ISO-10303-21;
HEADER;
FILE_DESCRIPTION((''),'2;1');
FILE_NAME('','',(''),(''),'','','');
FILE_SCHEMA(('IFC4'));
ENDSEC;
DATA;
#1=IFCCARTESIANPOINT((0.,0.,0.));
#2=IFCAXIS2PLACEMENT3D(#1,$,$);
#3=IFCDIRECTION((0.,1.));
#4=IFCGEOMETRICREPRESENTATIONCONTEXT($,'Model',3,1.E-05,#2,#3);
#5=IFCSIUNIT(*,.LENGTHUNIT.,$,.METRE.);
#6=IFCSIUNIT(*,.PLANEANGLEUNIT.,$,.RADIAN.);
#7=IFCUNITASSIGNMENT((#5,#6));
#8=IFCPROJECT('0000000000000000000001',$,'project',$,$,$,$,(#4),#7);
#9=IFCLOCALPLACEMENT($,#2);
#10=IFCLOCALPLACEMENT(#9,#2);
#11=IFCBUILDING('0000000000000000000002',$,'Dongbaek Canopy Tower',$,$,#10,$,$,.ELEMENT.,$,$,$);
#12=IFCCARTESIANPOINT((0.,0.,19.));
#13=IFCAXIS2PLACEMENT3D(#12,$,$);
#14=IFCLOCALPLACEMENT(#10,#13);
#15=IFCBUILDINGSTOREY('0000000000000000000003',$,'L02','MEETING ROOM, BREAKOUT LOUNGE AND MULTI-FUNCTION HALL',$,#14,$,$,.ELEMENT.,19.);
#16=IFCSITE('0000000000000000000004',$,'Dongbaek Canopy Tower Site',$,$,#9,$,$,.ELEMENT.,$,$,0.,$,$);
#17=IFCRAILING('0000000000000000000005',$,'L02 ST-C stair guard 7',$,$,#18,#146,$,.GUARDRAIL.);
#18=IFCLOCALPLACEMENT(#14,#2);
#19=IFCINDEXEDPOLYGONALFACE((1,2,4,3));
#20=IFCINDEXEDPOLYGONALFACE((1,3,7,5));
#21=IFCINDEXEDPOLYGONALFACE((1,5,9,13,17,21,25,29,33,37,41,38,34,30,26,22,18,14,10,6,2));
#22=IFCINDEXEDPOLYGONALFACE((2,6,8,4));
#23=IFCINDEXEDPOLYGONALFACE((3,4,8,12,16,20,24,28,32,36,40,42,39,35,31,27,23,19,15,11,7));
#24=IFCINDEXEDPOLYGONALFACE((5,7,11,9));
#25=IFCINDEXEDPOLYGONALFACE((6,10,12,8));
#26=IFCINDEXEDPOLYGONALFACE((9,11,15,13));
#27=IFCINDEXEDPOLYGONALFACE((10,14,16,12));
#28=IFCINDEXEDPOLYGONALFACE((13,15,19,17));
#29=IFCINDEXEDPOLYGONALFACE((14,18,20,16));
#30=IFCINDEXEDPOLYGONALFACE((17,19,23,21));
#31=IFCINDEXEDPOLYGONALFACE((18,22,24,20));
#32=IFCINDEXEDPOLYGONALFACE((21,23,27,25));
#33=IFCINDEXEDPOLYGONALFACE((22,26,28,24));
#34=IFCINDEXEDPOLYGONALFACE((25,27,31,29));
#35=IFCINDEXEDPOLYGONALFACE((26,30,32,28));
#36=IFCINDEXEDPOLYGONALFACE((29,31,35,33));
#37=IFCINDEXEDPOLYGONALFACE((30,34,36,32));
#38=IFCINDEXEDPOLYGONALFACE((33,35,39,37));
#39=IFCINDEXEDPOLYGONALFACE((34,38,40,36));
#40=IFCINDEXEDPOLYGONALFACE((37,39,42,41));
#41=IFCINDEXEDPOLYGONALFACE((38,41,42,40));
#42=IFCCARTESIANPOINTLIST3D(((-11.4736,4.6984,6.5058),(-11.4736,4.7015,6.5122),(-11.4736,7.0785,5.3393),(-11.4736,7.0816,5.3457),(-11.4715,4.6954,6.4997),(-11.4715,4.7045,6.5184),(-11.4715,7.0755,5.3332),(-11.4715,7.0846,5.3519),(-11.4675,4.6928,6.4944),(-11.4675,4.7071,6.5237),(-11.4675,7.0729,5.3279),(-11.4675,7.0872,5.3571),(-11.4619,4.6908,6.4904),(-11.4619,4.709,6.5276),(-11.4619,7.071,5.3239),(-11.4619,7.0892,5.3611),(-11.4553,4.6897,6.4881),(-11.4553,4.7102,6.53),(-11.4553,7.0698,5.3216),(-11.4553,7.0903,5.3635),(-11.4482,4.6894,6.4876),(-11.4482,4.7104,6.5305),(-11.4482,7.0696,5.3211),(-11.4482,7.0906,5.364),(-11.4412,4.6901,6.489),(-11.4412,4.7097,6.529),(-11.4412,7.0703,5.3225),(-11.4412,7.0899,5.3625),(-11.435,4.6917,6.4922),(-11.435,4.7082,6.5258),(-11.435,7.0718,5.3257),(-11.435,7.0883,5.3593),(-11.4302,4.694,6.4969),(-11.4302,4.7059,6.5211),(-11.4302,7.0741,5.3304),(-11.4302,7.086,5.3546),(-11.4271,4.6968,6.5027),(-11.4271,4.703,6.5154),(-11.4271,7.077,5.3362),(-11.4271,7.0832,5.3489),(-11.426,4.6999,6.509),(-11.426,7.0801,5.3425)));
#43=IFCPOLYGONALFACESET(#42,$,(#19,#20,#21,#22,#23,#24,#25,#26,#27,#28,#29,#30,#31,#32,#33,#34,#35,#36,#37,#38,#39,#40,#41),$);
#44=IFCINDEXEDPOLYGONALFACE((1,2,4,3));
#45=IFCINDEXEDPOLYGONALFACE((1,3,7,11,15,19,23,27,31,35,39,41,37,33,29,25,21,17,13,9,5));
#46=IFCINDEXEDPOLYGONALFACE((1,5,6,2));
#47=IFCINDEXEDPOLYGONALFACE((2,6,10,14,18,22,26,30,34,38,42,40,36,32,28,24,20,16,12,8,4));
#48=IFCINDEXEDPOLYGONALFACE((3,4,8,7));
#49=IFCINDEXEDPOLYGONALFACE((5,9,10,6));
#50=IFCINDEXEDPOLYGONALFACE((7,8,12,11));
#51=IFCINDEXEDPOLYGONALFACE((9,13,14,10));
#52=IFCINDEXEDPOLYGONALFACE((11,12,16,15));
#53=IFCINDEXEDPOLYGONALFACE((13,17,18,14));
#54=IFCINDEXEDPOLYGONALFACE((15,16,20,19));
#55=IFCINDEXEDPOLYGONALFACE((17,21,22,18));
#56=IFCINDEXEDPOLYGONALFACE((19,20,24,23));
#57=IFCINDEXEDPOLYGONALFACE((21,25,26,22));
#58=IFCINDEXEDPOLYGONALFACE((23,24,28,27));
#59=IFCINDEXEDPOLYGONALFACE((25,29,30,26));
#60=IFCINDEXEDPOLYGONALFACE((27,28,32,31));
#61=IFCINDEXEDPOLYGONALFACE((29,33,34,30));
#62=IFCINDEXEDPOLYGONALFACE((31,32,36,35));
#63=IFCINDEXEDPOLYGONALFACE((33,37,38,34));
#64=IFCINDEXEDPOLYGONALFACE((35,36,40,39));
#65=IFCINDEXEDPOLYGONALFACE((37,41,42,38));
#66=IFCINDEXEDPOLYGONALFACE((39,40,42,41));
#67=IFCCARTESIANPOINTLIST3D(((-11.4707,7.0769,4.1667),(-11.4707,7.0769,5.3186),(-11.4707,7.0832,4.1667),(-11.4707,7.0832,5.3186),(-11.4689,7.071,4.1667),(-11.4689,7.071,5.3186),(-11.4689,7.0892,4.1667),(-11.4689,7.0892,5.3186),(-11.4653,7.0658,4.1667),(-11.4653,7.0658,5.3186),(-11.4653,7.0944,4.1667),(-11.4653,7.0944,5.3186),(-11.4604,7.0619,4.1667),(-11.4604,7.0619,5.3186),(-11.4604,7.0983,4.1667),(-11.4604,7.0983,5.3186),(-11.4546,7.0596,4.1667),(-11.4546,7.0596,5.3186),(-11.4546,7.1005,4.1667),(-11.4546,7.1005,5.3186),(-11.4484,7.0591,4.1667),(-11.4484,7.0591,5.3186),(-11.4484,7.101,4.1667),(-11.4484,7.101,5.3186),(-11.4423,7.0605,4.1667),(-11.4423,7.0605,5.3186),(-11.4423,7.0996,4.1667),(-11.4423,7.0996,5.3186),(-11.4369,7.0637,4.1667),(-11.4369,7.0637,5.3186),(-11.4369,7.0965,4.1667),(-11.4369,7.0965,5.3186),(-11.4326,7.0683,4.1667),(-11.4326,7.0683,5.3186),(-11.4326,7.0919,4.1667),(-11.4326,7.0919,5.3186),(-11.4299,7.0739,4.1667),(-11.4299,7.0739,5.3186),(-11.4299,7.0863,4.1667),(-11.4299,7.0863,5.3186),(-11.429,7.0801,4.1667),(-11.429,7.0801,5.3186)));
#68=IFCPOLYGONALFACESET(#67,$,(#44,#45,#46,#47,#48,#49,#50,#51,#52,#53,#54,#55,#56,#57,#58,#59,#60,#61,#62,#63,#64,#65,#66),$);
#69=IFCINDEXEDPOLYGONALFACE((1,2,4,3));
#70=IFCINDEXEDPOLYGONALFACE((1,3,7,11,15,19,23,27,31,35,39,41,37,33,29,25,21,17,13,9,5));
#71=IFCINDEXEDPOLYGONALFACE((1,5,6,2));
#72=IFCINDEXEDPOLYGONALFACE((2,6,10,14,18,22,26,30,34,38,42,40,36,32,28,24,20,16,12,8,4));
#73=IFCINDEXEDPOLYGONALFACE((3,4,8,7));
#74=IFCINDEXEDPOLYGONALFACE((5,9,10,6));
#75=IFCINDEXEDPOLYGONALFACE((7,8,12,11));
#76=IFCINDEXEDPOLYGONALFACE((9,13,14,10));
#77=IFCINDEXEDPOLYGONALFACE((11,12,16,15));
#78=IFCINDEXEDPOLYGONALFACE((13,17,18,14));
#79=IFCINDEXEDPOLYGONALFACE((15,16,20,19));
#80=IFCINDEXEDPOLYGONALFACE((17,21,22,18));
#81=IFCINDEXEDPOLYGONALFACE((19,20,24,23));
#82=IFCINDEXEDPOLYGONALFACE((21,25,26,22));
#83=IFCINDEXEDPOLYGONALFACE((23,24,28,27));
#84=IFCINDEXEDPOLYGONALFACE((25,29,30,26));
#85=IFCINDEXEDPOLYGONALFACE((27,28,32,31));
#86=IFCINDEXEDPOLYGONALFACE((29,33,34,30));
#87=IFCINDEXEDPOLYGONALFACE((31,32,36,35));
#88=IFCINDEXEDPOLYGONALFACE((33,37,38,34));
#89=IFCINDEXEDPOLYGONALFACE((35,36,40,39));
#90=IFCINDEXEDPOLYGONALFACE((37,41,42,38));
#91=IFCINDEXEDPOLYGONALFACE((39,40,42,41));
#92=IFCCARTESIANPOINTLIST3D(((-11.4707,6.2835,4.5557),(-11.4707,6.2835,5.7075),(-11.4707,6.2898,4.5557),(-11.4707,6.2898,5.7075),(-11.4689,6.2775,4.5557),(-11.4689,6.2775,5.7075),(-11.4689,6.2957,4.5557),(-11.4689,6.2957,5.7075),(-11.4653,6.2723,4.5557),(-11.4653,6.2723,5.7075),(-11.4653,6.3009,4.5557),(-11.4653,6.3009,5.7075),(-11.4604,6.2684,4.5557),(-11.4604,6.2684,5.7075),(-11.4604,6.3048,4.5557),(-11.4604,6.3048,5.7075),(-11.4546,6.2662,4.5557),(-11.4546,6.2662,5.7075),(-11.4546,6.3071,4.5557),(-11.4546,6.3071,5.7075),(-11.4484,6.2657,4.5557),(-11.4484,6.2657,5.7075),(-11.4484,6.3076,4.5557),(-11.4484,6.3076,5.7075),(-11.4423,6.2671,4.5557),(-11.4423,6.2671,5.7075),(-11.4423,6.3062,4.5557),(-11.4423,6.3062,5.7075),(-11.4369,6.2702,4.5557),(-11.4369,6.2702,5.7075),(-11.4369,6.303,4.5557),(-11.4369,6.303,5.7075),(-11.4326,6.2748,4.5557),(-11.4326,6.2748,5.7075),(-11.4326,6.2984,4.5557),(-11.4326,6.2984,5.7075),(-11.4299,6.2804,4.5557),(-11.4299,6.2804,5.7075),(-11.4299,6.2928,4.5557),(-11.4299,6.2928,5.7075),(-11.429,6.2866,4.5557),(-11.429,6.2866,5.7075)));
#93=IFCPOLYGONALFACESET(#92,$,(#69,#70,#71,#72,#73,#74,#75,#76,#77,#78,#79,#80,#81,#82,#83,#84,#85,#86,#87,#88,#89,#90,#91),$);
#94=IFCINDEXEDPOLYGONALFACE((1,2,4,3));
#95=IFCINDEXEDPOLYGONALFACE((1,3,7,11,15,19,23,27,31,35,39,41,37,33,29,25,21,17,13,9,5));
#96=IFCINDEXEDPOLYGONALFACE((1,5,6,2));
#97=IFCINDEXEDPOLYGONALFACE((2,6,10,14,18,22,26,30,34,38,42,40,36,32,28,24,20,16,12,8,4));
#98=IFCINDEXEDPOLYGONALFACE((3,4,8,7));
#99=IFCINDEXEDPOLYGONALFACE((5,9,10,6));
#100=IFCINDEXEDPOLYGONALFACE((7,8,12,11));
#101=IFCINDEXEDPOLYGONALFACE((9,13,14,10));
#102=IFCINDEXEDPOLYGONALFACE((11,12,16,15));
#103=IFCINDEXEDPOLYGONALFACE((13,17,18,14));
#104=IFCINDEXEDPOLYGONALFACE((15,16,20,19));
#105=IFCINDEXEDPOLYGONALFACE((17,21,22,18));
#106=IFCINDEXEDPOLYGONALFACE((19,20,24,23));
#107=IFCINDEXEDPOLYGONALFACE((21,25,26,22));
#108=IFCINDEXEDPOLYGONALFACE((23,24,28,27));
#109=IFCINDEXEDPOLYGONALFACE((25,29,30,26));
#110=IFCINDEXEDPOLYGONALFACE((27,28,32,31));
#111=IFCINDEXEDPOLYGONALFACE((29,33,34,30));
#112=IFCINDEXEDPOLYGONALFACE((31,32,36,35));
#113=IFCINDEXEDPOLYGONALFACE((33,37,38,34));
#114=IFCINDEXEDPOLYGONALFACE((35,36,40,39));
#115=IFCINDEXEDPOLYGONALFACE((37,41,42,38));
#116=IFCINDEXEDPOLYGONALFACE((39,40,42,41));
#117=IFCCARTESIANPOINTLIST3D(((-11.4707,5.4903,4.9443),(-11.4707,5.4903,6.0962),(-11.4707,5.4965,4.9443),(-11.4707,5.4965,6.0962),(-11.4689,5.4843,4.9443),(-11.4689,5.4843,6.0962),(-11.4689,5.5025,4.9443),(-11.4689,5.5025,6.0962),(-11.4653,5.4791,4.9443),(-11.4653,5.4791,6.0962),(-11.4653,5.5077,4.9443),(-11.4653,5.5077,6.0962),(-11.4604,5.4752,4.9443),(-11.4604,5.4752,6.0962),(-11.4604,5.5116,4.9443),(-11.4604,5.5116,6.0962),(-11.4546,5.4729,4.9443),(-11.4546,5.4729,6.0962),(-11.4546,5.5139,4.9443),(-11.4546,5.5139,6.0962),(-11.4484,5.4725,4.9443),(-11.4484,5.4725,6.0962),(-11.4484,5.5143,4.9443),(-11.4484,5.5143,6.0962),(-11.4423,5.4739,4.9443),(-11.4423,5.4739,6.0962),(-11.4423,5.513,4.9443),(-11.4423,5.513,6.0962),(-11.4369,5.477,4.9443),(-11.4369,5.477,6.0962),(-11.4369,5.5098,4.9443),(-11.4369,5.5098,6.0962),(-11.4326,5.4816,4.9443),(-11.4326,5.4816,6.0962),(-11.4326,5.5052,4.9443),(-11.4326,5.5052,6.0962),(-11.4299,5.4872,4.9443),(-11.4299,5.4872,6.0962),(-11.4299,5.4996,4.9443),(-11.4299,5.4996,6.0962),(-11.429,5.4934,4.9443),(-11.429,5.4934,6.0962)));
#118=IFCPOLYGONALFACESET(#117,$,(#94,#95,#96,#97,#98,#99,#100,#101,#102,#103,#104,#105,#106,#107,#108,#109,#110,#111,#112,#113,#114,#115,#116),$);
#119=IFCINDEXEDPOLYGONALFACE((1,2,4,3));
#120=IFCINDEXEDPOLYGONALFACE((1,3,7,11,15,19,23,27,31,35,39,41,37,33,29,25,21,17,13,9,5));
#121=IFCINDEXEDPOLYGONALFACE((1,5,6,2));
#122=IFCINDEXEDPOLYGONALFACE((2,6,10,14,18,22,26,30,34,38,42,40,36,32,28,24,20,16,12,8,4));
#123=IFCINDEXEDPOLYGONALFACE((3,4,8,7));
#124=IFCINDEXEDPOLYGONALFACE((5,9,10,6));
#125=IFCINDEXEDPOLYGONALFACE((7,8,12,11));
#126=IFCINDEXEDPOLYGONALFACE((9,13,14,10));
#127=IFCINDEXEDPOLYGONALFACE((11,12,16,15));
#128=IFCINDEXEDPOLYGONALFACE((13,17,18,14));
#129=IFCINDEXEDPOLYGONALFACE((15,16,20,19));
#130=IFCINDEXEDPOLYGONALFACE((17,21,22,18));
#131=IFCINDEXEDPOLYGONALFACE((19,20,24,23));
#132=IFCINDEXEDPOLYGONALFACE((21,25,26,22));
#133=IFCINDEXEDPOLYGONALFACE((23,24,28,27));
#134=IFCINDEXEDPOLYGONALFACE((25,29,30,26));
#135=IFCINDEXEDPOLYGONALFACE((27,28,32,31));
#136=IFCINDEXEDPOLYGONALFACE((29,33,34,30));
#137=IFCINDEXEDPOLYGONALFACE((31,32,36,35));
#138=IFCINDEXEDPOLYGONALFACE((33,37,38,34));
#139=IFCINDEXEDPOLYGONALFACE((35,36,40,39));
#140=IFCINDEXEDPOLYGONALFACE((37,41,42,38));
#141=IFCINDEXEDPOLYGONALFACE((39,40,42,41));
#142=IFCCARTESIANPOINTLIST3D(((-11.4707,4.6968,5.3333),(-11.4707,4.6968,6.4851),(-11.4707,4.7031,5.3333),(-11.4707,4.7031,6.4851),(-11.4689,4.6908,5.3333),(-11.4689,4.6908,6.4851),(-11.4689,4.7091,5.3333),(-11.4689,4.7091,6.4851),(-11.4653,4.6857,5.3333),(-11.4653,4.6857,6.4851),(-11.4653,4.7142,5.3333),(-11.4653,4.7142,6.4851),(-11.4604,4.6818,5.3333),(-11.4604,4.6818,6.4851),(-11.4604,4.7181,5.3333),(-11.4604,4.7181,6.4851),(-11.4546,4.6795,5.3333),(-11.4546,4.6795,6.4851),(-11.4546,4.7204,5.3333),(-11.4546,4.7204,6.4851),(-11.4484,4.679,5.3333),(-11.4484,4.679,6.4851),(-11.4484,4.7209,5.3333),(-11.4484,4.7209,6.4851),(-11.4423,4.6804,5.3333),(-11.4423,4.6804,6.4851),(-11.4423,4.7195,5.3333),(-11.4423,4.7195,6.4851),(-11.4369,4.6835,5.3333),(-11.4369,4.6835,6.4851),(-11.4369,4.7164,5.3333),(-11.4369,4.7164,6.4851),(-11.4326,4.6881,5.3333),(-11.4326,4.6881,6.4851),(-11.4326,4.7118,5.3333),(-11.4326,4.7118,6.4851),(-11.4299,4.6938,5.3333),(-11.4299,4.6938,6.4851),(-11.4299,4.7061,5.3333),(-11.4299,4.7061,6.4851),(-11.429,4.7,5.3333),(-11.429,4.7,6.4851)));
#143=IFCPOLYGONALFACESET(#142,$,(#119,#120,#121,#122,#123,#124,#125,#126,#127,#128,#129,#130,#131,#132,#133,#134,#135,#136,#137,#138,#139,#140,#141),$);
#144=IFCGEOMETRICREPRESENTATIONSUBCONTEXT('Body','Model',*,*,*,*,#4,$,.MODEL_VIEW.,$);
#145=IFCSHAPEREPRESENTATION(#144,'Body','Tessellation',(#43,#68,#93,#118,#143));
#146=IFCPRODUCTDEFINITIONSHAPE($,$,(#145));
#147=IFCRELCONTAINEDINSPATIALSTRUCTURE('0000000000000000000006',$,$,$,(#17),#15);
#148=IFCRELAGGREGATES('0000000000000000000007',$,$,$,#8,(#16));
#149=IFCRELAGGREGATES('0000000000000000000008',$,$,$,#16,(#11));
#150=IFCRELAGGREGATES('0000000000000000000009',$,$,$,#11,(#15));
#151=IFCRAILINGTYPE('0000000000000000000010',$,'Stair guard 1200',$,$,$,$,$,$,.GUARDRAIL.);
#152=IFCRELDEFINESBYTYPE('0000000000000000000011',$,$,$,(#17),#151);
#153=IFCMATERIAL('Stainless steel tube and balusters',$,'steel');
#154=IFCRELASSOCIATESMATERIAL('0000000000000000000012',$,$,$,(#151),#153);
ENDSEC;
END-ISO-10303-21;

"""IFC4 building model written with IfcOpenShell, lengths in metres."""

from ifc_helpers import new_model, si_unit, direction, frame, origin, origin_2d, place, context, subcontext, project, spatial, circle, extrude, material, type_object, element, save


model = new_model("IFC4")

# Units and contexts
model_context = context("Model", 3, precision=1e-05, world=origin(), true_north=direction((0.0, 1.0)))
body_context = subcontext(model_context, "Body", "Model", "MODEL_VIEW")
ifc_project = project(units=[si_unit("LENGTHUNIT", "METRE"), si_unit("PLANEANGLEUNIT", "RADIAN")], contexts=[model_context])

# Site, building, storey
site_placement = place(None, origin())
site = spatial("IfcSite", under=ifc_project, at=site_placement, Name="Dongbaek Canopy Tower Site", CompositionType="ELEMENT", RefElevation=0.0)
building_placement = place(site_placement, origin())
building = spatial("IfcBuilding", under=site, at=building_placement, Name="Dongbaek Canopy Tower", CompositionType="ELEMENT")
storey_placement = place(building_placement, frame((0.0, 0.0, 19.0)))
storey = spatial("IfcBuildingStorey", under=building, at=storey_placement, Name="L02", Description="MEETING ROOM, BREAKOUT LOUNGE AND MULTI-FUNCTION HALL", CompositionType="ELEMENT", Elevation=19.0)

# Railing
ifc_material_1 = material(Name="Stainless steel tube and balusters", Category="steel")
railing_type_1 = type_object("IfcRailingType", Name="Stair guard 1200", PredefinedType="GUARDRAIL", material=ifc_material_1)
railing_1_placement = place(storey_placement, frame((-11.45, 7.0801, 4.1667)))
element("IfcRailing", 1, at=railing_1_placement, inside=storey, type_object=railing_type_1, Name="L02 ST-C stair guard 7", PredefinedType="GUARDRAIL", context=body_context, shape_type="SweptSolid", body=[
    extrude(circle(Radius=0.0239, at=origin_2d()), frame((0.0, 0.0, 1.1758), z_axis=(0.0, -0.897954, 0.440089), x_axis=(1.0, 0.0, 0.0)), (0.0, 0.0, 1.0), 2.6506),
    extrude(circle(Radius=0.021, at=origin_2d()), origin(), (0.0, 0.0, 1.0), 1.1519),
    extrude(circle(Radius=0.021, at=origin_2d()), frame((0.0, -0.7935, 0.3889)), (0.0, 0.0, 1.0), 1.1519),
    extrude(circle(Radius=0.021, at=origin_2d()), frame((0.0, -1.5867, 0.7776)), (0.0, 0.0, 1.0), 1.1519),
    extrude(circle(Radius=0.021, at=origin_2d()), frame((0.0, -2.3801, 1.1665)), (0.0, 0.0, 1.0), 1.1519),
])

save(model, "model.ifc")
